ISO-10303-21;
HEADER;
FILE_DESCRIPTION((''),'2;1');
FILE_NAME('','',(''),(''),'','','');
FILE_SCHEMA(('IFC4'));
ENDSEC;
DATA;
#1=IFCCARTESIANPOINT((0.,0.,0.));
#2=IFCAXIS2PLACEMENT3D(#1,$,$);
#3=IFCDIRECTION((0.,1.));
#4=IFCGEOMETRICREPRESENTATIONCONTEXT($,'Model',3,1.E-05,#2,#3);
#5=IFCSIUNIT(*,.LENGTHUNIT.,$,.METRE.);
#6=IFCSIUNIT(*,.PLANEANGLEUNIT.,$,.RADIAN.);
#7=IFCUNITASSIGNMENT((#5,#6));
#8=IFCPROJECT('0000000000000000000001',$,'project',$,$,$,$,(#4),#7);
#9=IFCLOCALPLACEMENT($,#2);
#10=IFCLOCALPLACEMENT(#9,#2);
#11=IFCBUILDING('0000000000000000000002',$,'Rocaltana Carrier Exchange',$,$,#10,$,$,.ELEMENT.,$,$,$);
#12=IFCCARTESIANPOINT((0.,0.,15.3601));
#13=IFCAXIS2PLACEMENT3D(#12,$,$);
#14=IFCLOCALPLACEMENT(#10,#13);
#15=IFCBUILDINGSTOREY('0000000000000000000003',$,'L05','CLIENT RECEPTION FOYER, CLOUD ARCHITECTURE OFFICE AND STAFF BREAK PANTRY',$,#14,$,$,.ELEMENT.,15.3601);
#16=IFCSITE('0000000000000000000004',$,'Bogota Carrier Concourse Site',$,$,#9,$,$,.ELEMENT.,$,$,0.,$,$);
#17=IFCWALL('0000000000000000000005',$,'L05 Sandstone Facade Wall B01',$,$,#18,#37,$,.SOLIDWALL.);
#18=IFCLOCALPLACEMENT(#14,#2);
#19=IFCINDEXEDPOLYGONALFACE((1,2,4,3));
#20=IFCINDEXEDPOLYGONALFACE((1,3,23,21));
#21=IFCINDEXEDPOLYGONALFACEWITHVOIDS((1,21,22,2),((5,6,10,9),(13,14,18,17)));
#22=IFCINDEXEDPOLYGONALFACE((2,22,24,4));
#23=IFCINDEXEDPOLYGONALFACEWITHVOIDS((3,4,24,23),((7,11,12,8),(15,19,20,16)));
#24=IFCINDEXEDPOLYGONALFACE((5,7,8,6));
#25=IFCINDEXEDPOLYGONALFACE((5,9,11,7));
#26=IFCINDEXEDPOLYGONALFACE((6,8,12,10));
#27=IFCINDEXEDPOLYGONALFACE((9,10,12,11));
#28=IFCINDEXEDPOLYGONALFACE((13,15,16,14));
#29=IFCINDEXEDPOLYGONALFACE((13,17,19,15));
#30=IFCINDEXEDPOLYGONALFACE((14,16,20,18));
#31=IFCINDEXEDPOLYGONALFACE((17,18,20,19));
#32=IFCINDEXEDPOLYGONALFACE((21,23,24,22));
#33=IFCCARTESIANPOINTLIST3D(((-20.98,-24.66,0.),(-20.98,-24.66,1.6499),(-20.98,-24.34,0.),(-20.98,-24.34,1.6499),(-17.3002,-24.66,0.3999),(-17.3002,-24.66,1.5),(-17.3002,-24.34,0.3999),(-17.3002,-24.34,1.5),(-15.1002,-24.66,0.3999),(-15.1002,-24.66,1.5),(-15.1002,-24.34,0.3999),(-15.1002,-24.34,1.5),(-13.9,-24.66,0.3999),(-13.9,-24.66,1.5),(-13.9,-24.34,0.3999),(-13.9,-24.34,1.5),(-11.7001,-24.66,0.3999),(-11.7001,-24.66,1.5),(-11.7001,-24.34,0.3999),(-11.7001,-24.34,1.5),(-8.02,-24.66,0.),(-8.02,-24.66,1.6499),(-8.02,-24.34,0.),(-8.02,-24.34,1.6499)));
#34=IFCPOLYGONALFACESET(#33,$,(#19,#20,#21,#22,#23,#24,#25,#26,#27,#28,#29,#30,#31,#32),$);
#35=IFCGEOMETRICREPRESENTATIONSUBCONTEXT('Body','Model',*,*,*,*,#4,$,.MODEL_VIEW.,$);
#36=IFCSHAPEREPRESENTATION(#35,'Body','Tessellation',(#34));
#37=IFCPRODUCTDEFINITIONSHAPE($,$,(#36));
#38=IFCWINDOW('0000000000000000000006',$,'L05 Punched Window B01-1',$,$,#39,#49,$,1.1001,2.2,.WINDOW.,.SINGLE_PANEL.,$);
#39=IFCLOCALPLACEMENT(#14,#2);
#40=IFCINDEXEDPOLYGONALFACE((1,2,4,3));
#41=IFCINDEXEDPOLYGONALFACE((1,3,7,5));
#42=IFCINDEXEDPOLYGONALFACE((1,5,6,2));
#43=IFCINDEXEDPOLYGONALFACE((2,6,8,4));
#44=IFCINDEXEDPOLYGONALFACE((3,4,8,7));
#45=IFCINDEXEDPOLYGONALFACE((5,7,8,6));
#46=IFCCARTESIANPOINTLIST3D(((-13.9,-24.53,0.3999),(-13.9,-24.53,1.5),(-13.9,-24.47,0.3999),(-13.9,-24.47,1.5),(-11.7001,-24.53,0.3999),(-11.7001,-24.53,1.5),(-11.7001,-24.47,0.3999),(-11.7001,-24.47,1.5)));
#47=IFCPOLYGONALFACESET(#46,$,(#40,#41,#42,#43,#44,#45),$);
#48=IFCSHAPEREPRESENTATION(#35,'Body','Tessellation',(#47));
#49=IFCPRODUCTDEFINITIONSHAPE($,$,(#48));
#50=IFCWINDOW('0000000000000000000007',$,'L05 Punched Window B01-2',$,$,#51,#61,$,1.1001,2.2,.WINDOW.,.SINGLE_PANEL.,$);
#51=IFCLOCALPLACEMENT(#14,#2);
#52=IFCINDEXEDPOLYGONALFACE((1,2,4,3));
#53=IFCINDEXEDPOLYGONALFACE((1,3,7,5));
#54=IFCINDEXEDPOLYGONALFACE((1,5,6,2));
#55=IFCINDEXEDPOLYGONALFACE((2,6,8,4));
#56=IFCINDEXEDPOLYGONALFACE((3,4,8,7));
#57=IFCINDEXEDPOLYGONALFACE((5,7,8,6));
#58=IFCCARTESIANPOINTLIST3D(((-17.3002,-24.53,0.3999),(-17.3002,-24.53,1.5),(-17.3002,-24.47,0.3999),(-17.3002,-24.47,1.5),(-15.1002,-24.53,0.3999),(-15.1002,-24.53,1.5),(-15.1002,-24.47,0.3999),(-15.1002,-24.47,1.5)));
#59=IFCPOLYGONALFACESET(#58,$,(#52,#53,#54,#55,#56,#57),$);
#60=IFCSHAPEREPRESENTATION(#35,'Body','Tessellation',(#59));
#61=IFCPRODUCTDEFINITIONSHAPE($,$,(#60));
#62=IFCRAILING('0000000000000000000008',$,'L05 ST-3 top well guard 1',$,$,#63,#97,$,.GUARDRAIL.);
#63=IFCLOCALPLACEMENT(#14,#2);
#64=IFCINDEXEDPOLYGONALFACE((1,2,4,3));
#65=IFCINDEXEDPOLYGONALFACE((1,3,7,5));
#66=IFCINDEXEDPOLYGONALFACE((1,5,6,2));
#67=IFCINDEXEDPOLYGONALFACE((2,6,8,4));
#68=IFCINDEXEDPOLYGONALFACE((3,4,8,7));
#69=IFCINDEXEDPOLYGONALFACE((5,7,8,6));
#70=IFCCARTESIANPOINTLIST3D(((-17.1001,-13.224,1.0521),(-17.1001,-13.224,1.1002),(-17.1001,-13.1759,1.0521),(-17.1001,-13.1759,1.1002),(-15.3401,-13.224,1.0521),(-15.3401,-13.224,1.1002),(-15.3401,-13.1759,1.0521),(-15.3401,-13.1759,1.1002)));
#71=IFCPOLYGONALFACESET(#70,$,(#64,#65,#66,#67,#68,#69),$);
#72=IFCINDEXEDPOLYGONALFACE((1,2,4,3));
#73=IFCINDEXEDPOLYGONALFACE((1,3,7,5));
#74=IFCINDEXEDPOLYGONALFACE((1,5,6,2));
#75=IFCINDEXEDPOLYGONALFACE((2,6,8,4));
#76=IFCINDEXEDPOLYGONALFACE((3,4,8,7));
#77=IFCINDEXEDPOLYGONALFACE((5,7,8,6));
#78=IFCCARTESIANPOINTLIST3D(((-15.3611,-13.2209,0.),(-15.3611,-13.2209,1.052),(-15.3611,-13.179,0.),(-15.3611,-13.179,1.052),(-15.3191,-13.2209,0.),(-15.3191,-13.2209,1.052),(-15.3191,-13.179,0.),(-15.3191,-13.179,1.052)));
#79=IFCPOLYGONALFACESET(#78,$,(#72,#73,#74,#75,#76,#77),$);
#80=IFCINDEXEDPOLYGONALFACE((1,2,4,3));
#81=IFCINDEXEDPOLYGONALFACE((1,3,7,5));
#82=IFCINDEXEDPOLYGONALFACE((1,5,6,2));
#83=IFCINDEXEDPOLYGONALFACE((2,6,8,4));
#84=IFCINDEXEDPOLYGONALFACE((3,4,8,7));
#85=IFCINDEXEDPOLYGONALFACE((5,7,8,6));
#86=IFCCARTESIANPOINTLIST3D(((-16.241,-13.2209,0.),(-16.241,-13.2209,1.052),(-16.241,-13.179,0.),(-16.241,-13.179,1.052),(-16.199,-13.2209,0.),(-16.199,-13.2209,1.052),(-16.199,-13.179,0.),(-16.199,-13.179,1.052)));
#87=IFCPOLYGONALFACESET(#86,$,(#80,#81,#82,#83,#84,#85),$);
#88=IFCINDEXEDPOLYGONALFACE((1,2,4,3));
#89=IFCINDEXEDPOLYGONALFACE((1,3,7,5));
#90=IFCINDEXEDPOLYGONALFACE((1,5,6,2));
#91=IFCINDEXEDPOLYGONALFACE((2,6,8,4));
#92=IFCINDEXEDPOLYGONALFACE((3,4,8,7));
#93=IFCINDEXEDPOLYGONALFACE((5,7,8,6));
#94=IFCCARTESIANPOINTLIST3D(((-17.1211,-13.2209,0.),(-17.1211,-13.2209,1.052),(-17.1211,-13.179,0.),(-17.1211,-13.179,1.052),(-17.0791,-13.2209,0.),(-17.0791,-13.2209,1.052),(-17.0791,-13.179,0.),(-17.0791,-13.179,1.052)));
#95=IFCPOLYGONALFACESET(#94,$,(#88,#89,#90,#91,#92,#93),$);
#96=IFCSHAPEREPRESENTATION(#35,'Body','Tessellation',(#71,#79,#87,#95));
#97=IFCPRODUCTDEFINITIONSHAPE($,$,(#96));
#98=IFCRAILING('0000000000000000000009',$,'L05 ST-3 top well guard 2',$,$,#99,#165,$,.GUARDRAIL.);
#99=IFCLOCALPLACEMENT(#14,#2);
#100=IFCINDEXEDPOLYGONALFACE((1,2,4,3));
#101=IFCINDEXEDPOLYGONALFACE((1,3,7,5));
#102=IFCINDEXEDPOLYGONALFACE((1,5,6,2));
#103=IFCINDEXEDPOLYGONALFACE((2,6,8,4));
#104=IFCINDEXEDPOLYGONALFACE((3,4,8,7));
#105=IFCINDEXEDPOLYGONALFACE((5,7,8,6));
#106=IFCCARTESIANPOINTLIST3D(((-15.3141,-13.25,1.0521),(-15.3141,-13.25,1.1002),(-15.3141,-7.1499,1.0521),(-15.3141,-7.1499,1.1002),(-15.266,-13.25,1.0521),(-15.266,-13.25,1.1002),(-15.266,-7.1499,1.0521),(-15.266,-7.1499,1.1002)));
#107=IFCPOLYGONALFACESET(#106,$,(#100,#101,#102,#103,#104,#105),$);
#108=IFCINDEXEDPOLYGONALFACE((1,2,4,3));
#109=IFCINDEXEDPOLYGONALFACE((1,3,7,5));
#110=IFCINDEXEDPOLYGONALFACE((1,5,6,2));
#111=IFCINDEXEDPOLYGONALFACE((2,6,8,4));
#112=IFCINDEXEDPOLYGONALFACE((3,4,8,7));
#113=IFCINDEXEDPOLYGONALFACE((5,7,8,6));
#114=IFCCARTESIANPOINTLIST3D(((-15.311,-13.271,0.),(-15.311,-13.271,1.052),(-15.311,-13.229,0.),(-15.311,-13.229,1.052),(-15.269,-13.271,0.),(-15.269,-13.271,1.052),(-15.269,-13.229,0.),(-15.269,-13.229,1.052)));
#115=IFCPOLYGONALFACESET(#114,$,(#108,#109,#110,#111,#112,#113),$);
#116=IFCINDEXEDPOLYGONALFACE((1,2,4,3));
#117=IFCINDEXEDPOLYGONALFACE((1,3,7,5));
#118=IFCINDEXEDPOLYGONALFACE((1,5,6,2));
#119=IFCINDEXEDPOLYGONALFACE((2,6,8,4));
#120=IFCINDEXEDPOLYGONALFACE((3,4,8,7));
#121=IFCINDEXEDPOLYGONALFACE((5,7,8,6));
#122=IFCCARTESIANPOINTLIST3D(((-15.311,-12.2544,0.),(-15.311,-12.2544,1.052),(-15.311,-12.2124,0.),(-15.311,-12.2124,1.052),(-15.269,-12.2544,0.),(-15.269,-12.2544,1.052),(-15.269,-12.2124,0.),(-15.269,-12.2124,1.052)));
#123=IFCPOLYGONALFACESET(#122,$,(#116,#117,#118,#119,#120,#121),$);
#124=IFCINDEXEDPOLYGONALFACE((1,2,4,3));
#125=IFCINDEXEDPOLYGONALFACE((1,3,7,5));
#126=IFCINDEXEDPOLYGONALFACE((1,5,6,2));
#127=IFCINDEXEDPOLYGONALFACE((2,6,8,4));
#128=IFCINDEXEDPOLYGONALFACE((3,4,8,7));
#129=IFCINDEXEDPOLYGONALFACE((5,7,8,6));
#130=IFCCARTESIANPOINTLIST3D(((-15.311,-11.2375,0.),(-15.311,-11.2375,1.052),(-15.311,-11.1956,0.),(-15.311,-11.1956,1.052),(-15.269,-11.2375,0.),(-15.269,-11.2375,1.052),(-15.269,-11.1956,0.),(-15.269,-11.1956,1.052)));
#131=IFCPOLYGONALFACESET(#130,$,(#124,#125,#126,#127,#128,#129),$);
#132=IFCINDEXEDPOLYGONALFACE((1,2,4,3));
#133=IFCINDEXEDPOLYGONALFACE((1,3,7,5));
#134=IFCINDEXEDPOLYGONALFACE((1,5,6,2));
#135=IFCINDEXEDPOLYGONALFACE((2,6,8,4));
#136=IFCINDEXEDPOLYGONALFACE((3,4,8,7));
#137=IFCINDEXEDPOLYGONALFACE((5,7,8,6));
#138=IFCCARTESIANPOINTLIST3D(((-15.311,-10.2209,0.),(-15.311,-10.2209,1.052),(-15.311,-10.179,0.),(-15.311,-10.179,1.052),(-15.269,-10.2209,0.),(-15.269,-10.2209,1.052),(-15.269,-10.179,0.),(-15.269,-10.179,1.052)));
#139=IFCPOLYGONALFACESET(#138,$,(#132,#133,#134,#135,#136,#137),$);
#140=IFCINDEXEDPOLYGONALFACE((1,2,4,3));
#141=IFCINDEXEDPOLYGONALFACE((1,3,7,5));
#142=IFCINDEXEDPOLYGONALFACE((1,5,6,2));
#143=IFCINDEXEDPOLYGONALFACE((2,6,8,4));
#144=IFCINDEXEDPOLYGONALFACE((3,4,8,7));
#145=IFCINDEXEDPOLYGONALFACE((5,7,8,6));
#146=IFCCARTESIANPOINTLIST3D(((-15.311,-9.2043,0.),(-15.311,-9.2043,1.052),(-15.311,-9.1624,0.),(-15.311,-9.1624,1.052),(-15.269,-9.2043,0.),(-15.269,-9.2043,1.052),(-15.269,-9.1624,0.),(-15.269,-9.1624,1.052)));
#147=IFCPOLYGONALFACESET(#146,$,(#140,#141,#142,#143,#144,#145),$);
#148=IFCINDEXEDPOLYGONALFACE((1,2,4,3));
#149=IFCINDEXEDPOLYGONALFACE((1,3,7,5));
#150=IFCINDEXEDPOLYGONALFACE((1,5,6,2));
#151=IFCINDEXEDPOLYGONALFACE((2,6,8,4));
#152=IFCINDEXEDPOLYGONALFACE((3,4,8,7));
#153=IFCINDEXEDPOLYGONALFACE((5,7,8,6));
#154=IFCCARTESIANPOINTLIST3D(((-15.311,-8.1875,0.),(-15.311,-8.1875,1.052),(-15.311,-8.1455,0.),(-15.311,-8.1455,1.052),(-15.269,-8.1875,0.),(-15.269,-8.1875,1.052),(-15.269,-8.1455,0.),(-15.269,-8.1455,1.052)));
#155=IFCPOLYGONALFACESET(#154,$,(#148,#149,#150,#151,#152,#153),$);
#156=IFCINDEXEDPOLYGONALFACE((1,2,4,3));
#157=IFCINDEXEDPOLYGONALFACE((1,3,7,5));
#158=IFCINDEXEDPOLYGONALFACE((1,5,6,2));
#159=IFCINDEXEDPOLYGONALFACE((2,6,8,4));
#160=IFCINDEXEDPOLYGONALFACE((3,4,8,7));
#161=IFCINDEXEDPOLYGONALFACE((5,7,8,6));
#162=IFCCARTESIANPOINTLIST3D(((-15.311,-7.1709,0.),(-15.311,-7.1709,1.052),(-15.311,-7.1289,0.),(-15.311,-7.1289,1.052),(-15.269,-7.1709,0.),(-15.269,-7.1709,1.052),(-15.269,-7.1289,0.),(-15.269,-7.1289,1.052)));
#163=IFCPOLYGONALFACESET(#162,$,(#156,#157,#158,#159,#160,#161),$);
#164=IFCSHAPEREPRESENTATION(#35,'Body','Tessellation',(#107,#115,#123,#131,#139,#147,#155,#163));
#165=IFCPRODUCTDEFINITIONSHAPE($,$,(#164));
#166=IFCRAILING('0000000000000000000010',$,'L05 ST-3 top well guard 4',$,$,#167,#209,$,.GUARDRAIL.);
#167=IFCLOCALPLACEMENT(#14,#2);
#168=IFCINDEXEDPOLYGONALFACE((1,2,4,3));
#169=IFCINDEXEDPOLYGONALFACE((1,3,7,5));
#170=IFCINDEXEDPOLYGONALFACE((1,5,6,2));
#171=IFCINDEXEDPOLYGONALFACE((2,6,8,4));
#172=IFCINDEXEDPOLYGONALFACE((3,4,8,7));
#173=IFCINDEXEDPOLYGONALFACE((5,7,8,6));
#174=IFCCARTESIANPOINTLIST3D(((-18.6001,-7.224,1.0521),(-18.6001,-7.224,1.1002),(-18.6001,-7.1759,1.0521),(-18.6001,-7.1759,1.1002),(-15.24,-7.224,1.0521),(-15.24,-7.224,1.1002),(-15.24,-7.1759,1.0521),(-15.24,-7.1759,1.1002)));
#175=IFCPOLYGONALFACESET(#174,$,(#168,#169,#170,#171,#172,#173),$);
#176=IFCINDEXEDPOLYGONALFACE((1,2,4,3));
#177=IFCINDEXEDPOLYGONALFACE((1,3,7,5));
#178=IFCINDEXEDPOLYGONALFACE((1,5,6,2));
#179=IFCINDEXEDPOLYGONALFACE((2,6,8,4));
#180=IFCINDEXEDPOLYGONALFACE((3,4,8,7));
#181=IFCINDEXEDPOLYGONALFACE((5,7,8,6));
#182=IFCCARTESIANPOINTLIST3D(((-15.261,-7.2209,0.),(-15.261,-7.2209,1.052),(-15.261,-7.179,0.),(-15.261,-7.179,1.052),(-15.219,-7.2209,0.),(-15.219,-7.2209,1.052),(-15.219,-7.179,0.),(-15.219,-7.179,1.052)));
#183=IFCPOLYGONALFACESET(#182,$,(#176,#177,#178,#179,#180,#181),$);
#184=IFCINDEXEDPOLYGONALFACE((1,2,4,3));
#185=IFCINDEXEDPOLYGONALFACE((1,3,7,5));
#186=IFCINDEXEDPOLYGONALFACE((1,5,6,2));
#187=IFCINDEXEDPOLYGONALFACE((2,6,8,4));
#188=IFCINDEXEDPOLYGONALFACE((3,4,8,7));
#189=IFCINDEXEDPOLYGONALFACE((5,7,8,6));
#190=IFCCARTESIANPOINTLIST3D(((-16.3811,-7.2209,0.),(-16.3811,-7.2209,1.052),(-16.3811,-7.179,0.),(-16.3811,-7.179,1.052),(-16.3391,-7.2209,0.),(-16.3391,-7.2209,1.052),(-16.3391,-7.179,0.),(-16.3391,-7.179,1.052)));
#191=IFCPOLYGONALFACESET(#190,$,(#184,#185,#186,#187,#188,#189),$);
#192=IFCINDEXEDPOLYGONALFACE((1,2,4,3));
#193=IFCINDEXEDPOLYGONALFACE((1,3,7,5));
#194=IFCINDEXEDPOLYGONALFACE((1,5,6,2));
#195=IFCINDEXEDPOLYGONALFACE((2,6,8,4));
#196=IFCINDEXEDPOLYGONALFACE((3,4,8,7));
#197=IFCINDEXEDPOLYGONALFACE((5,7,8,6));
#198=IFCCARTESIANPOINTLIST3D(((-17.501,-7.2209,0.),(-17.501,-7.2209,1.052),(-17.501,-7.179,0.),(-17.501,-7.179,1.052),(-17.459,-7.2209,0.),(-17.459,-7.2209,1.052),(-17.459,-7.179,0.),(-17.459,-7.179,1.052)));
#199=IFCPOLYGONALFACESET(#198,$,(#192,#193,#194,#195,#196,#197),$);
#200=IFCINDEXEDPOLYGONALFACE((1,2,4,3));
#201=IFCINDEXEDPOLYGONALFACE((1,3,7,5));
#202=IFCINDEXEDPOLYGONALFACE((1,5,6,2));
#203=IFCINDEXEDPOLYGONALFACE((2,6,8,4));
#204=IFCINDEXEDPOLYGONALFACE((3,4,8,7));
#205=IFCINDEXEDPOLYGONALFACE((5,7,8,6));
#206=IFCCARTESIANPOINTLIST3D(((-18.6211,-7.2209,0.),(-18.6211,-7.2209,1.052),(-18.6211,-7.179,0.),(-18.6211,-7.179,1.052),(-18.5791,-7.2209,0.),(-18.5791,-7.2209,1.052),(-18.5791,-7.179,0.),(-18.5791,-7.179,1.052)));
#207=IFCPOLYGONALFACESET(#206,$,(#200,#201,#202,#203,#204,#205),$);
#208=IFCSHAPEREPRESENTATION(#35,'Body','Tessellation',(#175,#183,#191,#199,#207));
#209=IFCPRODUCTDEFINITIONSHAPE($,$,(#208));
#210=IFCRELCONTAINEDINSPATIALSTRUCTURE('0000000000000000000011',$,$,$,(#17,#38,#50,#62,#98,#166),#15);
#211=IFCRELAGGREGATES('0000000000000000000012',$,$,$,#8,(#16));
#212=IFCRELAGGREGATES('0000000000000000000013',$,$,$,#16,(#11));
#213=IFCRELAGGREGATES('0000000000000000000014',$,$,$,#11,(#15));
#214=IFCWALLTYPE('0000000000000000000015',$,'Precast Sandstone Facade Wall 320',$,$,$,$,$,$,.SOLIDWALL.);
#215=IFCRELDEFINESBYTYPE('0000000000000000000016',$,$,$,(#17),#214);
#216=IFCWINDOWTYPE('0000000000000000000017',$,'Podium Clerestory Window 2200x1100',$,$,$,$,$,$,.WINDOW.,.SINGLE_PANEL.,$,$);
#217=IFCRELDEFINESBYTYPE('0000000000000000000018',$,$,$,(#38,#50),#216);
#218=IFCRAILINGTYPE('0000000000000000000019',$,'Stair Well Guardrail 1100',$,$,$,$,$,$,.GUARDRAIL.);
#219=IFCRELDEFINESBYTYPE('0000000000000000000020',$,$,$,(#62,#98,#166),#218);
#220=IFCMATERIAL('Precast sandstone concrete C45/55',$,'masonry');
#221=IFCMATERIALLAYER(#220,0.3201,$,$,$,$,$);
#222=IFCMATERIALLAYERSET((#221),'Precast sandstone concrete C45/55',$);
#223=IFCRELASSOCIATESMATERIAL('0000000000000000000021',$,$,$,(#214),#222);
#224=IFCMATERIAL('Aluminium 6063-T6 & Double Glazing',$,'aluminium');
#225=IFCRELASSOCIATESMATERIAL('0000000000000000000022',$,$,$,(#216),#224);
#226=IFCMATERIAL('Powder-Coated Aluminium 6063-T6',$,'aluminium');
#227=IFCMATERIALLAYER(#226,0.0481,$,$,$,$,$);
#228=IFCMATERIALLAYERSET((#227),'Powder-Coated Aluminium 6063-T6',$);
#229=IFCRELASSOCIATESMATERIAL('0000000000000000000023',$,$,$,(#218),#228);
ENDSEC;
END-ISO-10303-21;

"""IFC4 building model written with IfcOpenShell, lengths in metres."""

from ifc_helpers import new_model, si_unit, direction, frame, frame_2d, origin, origin_2d, place, context, subcontext, project, spatial, rectangle, extrude, material, layer, layer_set, type_object, element, fill, save


model = new_model("IFC4")

# Units and contexts
model_context = context("Model", 3, precision=1e-05, world=origin(), true_north=direction((0.0, 1.0)))
body_context = subcontext(model_context, "Body", "Model", "MODEL_VIEW")
ifc_project = project(units=[si_unit("LENGTHUNIT", "METRE"), si_unit("PLANEANGLEUNIT", "RADIAN")], contexts=[model_context])

# Site, building, storey
site_placement = place(None, origin())
site = spatial("IfcSite", under=ifc_project, at=site_placement, Name="Bogota Carrier Concourse Site", CompositionType="ELEMENT", RefElevation=0.0)
building_placement = place(site_placement, origin())
building = spatial("IfcBuilding", under=site, at=building_placement, Name="Rocaltana Carrier Exchange", CompositionType="ELEMENT")
storey_placement = place(building_placement, frame((0.0, 0.0, 15.3601)))
storey = spatial("IfcBuildingStorey", under=building, at=storey_placement, Name="L05", Description="CLIENT RECEPTION FOYER, CLOUD ARCHITECTURE OFFICE AND STAFF BREAK PANTRY", CompositionType="ELEMENT", Elevation=15.3601)

# Wall, openings, windows
ifc_material_1 = material(Name="Precast sandstone concrete C45/55", Category="masonry")
ifc_layer_1 = layer(ifc_material_1, 0.3201)
ifc_layer_set_1 = layer_set([ifc_layer_1], Name="Precast sandstone concrete C45/55")
wall_type_1 = type_object("IfcWallType", Name="Precast Sandstone Facade Wall 320", PredefinedType="SOLIDWALL", material=ifc_layer_set_1)
wall_1_placement = place(storey_placement, frame((-8.02, -24.5, 0.0), z_axis=(0.0, 0.0, 1.0), x_axis=(-1.0, 0.0, 0.0)))
wall_1 = element("IfcWall", 1, at=wall_1_placement, inside=storey, type_object=wall_type_1, Name="L05 Sandstone Facade Wall B01", PredefinedType="SOLIDWALL", context=body_context, shape_type="SweptSolid", body=[
    extrude(rectangle(XDim=12.96, YDim=0.3201, at=frame_2d((6.48, 0.0))), origin(), (0.0, 0.0, 1.0), 1.6499),
])
opening_1_placement = place(wall_1_placement, frame((3.6799, 0.0, 0.3999)))
opening_1 = element("IfcOpeningElement", 2, at=opening_1_placement, cuts=wall_1, PredefinedType="OPENING", context=body_context, shape_type="SweptSolid", body=[
    extrude(rectangle(XDim=2.2, YDim=1.1001, at=frame_2d((1.1001, 0.55))), frame((0.0, 0.1699, 0.0), z_axis=(0.0, -1.0, 0.0), x_axis=(1.0, 0.0, 0.0)), (0.0, 0.0, 1.0), 0.3401),
])
opening_2_placement = place(wall_1_placement, frame((7.0801, 0.0, 0.3999)))
opening_2 = element("IfcOpeningElement", 3, at=opening_2_placement, cuts=wall_1, PredefinedType="OPENING", context=body_context, shape_type="SweptSolid", body=[
    extrude(rectangle(XDim=2.2, YDim=1.1001, at=frame_2d((1.1001, 0.55))), frame((0.0, 0.1699, 0.0), z_axis=(0.0, -1.0, 0.0), x_axis=(1.0, 0.0, 0.0)), (0.0, 0.0, 1.0), 0.3401),
])
ifc_material_2 = material(Name="Aluminium 6063-T6 & Double Glazing", Category="aluminium")
window_type = type_object("IfcWindowType", Name="Podium Clerestory Window 2200x1100", PartitioningType="SINGLE_PANEL", PredefinedType="WINDOW", material=ifc_material_2)
window_1_placement = place(opening_1_placement, origin())
window_1 = element("IfcWindow", 4, at=window_1_placement, inside=storey, type_object=window_type, Name="L05 Punched Window B01-1", OverallHeight=1.1001, OverallWidth=2.2, PartitioningType="SINGLE_PANEL", PredefinedType="WINDOW", context=body_context, shape_type="SweptSolid", body=[
    extrude(rectangle(XDim=2.2, YDim=1.1001, at=frame_2d((1.1001, 0.55))), frame((0.0, 0.03, 0.0), z_axis=(0.0, -1.0, 0.0), x_axis=(1.0, 0.0, 0.0)), (0.0, 0.0, 1.0), 0.0601),
])
fill(opening_1, window_1)
window_2_placement = place(opening_2_placement, origin())
window_2 = element("IfcWindow", 5, at=window_2_placement, inside=storey, type_object=window_type, Name="L05 Punched Window B01-2", OverallHeight=1.1001, OverallWidth=2.2, PartitioningType="SINGLE_PANEL", PredefinedType="WINDOW", context=body_context, shape_type="SweptSolid", body=[
    extrude(rectangle(XDim=2.2, YDim=1.1001, at=frame_2d((1.1001, 0.55))), frame((0.0, 0.03, 0.0), z_axis=(0.0, -1.0, 0.0), x_axis=(1.0, 0.0, 0.0)), (0.0, 0.0, 1.0), 0.0601),
])
fill(opening_2, window_2)

# Railings
ifc_material_3 = material(Name="Powder-Coated Aluminium 6063-T6", Category="aluminium")
ifc_layer_2 = layer(ifc_material_3, 0.0481)
ifc_layer_set_2 = layer_set([ifc_layer_2], Name="Powder-Coated Aluminium 6063-T6")
railing_type = type_object("IfcRailingType", Name="Stair Well Guardrail 1100", PredefinedType="GUARDRAIL", material=ifc_layer_set_2)
railing_1_placement = place(storey_placement, frame((-15.3401, -13.2, 0.0)))
element("IfcRailing", 6, at=railing_1_placement, inside=storey, type_object=railing_type, Name="L05 ST-3 top well guard 1", PredefinedType="GUARDRAIL", context=body_context, shape_type="SweptSolid", body=[
    extrude(rectangle(XDim=0.0481, YDim=0.0481, at=origin_2d()), frame((0.0, 0.0, 1.0762), z_axis=(-1.0, 0.0, 0.0), x_axis=(0.0, -1.0, 0.0)), (0.0, 0.0, 1.0), 1.76),
    extrude(rectangle(XDim=0.042, YDim=0.042, at=origin_2d()), origin(), (0.0, 0.0, 1.0), 1.052),
    extrude(rectangle(XDim=0.042, YDim=0.042, at=origin_2d()), frame((-0.8799, 0.0, 0.0)), (0.0, 0.0, 1.0), 1.052),
    extrude(rectangle(XDim=0.042, YDim=0.042, at=origin_2d()), frame((-1.76, 0.0, 0.0)), (0.0, 0.0, 1.0), 1.052),
])
railing_2_placement = place(storey_placement, frame((-15.29, -13.25, 0.0)))
element("IfcRailing", 7, at=railing_2_placement, inside=storey, type_object=railing_type, Name="L05 ST-3 top well guard 2", PredefinedType="GUARDRAIL", context=body_context, shape_type="SweptSolid", body=[
    extrude(rectangle(XDim=0.0481, YDim=0.0481, at=origin_2d()), frame((0.0, 0.0, 1.0762), z_axis=(0.0, 1.0, 0.0), x_axis=(-1.0, 0.0, 0.0)), (0.0, 0.0, 1.0), 6.1001),
    extrude(rectangle(XDim=0.042, YDim=0.042, at=origin_2d()), origin(), (0.0, 0.0, 1.0), 1.052),
    extrude(rectangle(XDim=0.042, YDim=0.042, at=origin_2d()), frame((0.0, 1.0166, 0.0)), (0.0, 0.0, 1.0), 1.052),
    extrude(rectangle(XDim=0.042, YDim=0.042, at=origin_2d()), frame((0.0, 2.0334, 0.0)), (0.0, 0.0, 1.0), 1.052),
    extrude(rectangle(XDim=0.042, YDim=0.042, at=origin_2d()), frame((0.0, 3.05, 0.0)), (0.0, 0.0, 1.0), 1.052),
    extrude(rectangle(XDim=0.042, YDim=0.042, at=origin_2d()), frame((0.0, 4.0667, 0.0)), (0.0, 0.0, 1.0), 1.052),
    extrude(rectangle(XDim=0.042, YDim=0.042, at=origin_2d()), frame((0.0, 5.0835, 0.0)), (0.0, 0.0, 1.0), 1.052),
    extrude(rectangle(XDim=0.042, YDim=0.042, at=origin_2d()), frame((0.0, 6.1001, 0.0)), (0.0, 0.0, 1.0), 1.052),
])
railing_3_placement = place(storey_placement, frame((-15.24, -7.2, 0.0)))
element("IfcRailing", 8, at=railing_3_placement, inside=storey, type_object=railing_type, Name="L05 ST-3 top well guard 4", PredefinedType="GUARDRAIL", context=body_context, shape_type="SweptSolid", body=[
    extrude(rectangle(XDim=0.0481, YDim=0.0481, at=origin_2d()), frame((0.0, 0.0, 1.0762), z_axis=(-1.0, 0.0, 0.0), x_axis=(0.0, -1.0, 0.0)), (0.0, 0.0, 1.0), 3.3601),
    extrude(rectangle(XDim=0.042, YDim=0.042, at=origin_2d()), origin(), (0.0, 0.0, 1.0), 1.052),
    extrude(rectangle(XDim=0.042, YDim=0.042, at=origin_2d()), frame((-1.1201, 0.0, 0.0)), (0.0, 0.0, 1.0), 1.052),
    extrude(rectangle(XDim=0.042, YDim=0.042, at=origin_2d()), frame((-2.24, 0.0, 0.0)), (0.0, 0.0, 1.0), 1.052),
    extrude(rectangle(XDim=0.042, YDim=0.042, at=origin_2d()), frame((-3.3601, 0.0, 0.0)), (0.0, 0.0, 1.0), 1.052),
])

save(model, "model.ifc")
